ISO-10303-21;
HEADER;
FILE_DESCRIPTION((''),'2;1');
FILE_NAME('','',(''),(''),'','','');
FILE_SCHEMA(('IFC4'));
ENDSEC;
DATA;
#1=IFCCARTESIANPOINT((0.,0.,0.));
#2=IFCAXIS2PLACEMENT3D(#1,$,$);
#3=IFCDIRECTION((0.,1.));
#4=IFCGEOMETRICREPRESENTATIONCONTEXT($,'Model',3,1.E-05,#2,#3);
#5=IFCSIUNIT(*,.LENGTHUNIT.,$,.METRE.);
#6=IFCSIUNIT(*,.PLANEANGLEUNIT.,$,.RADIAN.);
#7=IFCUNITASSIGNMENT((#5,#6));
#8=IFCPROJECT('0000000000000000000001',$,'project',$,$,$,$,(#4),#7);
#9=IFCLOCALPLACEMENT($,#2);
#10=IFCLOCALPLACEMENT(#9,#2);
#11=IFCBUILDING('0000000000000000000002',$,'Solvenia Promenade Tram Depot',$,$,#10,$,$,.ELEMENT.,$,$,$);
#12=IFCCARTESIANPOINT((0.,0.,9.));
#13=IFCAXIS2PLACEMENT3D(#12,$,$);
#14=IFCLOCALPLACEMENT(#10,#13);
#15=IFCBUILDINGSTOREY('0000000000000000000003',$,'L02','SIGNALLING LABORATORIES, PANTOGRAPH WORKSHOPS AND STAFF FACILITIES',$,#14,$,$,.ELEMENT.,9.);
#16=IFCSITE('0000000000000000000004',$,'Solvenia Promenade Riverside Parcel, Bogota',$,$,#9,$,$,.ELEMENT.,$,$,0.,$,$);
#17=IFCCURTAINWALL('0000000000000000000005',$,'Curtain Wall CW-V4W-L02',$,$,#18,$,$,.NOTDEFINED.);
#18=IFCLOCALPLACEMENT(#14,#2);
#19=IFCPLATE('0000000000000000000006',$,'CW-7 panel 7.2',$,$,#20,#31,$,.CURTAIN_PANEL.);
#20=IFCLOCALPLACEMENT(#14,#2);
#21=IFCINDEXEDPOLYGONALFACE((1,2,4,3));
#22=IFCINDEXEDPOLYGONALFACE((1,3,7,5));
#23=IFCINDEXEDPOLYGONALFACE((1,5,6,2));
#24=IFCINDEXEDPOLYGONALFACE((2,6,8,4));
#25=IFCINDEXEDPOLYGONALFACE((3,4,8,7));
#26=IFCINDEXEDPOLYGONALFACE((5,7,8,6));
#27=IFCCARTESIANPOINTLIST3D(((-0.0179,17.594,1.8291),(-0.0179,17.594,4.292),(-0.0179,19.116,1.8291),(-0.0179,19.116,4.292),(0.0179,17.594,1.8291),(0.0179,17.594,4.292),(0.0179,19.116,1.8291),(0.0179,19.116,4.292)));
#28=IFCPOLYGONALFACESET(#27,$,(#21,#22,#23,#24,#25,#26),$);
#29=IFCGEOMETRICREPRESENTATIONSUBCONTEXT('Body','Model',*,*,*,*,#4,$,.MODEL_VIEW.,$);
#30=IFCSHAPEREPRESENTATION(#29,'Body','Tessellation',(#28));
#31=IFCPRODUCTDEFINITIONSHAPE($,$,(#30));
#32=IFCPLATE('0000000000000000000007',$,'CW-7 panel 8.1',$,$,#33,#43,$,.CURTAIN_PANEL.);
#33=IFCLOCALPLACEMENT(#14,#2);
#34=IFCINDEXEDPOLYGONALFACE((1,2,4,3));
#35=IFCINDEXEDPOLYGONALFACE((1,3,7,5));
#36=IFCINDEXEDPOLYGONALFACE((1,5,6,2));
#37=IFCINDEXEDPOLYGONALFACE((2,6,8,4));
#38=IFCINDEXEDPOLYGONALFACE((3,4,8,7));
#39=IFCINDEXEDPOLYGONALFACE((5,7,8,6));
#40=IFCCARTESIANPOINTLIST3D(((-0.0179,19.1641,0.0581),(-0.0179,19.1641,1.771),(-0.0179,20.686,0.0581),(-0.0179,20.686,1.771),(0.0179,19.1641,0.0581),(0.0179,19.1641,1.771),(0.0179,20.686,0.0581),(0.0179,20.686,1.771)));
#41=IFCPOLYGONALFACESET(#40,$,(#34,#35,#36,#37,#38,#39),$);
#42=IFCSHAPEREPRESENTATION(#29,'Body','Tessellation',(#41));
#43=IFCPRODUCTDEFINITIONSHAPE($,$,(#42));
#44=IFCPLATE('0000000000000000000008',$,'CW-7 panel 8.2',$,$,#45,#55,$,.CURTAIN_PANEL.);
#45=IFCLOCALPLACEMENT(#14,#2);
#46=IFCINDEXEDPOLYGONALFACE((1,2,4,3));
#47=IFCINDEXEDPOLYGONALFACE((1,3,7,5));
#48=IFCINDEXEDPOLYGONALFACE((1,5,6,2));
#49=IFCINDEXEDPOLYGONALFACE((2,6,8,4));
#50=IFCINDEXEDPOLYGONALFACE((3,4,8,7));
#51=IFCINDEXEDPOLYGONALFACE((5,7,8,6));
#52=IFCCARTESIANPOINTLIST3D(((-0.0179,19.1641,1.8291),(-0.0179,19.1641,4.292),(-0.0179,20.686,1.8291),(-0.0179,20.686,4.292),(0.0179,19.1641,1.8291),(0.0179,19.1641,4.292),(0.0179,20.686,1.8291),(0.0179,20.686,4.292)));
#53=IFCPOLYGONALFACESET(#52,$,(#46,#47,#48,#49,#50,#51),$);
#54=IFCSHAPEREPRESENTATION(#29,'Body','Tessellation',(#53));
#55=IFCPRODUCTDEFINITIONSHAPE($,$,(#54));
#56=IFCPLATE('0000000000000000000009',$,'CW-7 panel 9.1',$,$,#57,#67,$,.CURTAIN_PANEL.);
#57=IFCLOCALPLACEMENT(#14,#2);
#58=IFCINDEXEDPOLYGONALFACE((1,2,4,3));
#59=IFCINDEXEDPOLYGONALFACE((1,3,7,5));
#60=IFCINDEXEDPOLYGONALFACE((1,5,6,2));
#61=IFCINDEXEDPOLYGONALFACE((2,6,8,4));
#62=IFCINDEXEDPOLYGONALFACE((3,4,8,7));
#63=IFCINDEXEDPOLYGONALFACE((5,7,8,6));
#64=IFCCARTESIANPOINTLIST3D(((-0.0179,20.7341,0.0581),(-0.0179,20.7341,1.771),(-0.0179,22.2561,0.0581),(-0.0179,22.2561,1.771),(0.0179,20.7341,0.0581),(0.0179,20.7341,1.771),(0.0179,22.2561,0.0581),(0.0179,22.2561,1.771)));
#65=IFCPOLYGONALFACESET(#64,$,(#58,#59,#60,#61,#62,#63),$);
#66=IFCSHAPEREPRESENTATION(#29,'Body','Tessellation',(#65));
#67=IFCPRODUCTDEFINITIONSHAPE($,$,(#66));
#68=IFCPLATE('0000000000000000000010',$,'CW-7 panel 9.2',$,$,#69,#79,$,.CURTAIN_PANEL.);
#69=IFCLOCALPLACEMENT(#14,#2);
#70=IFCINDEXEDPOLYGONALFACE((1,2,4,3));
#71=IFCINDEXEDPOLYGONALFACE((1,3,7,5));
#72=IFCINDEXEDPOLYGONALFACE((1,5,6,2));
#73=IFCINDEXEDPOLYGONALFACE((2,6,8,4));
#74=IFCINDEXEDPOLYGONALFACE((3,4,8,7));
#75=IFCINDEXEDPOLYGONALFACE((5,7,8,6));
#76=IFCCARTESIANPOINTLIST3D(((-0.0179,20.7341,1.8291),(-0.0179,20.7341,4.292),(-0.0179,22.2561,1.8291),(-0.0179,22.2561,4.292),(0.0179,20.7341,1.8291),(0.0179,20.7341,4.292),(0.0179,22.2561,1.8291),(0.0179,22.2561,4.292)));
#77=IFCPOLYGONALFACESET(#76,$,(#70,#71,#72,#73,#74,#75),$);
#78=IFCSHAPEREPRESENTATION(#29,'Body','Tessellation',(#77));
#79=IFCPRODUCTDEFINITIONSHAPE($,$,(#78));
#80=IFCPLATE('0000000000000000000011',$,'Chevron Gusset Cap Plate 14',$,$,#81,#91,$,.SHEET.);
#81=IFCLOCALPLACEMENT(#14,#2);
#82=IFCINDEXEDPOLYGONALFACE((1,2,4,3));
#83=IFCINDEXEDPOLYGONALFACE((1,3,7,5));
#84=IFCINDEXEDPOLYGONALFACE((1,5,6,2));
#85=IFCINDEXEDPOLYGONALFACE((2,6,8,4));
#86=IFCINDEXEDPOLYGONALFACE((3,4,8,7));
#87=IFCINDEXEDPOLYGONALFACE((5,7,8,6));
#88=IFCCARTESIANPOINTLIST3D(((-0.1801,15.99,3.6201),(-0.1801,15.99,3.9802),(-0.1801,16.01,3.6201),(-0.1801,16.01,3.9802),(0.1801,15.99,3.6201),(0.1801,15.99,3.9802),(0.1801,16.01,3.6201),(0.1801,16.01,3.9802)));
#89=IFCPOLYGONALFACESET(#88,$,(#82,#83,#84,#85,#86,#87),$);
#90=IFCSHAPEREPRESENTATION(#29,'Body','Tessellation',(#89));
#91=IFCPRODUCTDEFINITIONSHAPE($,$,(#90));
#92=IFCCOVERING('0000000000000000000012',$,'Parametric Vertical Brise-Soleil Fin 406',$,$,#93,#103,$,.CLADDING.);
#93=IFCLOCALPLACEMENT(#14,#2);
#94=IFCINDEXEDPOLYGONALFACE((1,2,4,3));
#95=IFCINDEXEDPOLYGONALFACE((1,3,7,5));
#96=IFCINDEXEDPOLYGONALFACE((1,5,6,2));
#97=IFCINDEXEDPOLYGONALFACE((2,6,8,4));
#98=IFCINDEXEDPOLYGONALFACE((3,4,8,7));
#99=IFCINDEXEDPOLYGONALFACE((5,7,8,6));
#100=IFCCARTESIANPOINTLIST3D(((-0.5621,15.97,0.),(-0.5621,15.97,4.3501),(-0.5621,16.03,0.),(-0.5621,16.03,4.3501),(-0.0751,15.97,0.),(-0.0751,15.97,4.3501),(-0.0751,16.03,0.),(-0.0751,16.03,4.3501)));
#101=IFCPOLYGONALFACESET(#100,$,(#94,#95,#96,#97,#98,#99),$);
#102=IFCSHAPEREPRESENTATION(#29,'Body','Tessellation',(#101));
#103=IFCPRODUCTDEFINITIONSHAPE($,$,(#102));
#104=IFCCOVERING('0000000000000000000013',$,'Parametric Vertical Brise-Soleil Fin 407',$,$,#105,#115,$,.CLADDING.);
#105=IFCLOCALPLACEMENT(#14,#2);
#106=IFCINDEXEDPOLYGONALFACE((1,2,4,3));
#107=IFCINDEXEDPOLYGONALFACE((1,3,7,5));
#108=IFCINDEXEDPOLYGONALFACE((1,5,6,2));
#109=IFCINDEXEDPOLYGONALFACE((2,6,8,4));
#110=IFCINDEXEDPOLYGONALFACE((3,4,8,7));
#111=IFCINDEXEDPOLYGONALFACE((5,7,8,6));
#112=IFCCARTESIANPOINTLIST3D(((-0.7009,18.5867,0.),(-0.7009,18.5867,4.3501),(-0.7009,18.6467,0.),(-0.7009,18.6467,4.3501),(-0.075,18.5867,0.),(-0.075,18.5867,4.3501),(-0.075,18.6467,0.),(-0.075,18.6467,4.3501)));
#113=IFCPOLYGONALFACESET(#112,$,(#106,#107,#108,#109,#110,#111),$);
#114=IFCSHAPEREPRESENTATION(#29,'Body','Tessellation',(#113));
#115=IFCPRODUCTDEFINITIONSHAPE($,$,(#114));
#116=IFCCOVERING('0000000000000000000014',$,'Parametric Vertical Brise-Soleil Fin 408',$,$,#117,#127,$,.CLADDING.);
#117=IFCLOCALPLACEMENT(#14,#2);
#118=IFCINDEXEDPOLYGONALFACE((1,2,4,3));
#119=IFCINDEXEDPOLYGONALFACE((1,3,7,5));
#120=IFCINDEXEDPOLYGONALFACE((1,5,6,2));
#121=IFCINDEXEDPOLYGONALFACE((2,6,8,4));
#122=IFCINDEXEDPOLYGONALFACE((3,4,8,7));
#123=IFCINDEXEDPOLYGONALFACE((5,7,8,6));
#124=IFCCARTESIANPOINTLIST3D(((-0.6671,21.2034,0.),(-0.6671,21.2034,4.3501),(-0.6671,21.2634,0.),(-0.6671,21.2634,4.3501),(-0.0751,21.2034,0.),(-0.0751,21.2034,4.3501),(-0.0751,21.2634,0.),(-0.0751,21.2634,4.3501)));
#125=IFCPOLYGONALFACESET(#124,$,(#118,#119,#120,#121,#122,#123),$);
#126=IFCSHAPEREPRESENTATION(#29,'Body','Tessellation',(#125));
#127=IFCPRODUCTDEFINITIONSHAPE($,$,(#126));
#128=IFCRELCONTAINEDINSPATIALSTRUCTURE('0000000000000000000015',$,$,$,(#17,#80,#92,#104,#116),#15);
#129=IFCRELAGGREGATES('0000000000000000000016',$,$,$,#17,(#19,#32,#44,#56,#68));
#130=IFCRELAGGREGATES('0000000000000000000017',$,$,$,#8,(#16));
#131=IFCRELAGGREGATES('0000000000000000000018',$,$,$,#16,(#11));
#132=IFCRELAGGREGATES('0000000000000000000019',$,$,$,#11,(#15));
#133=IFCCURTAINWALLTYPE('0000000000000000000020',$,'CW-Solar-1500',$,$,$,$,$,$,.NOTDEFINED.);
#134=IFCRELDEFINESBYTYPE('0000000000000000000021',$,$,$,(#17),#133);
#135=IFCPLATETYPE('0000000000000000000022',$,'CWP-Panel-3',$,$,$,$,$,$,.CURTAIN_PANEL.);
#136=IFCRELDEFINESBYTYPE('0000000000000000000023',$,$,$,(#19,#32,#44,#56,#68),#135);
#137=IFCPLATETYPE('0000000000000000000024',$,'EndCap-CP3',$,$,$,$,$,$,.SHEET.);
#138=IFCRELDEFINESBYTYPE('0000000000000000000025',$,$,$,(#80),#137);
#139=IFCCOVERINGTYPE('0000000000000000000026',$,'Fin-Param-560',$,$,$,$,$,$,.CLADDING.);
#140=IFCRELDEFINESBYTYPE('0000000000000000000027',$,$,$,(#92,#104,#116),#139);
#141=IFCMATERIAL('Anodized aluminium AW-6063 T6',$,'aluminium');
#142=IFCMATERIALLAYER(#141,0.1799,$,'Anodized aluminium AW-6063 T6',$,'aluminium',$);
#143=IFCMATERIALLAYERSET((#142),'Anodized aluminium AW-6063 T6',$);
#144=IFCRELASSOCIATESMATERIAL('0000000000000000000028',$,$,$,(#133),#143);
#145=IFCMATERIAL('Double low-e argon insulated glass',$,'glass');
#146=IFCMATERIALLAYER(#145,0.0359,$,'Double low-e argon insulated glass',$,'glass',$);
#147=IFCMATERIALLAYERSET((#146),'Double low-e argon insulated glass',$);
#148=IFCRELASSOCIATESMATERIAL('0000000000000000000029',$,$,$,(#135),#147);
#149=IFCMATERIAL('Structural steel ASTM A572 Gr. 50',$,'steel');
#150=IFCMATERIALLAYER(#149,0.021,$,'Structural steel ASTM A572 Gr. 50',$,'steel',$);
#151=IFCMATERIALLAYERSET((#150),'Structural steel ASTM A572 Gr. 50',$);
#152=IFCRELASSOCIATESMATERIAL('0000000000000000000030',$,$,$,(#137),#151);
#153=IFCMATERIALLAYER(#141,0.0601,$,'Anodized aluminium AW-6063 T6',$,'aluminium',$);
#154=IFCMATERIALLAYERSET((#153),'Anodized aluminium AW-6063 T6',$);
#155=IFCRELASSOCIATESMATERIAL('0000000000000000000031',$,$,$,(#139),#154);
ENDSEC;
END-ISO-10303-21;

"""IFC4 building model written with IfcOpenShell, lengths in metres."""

from ifc_helpers import new_model, si_unit, direction, frame, origin, origin_2d, place, context, subcontext, project, spatial, rectangle, extrude, material, layer, layer_set, type_object, element, aggregate, save


model = new_model("IFC4")

# Units and contexts
model_context = context("Model", 3, precision=1e-05, world=origin(), true_north=direction((0.0, 1.0)))
body_context = subcontext(model_context, "Body", "Model", "MODEL_VIEW")
ifc_project = project(units=[si_unit("LENGTHUNIT", "METRE"), si_unit("PLANEANGLEUNIT", "RADIAN")], contexts=[model_context])

# Site, building, storey
site_placement = place(None, origin())
site = spatial("IfcSite", under=ifc_project, at=site_placement, Name="Solvenia Promenade Riverside Parcel, Bogota", CompositionType="ELEMENT", RefElevation=0.0)
building_placement = place(site_placement, origin())
building = spatial("IfcBuilding", under=site, at=building_placement, Name="Solvenia Promenade Tram Depot", CompositionType="ELEMENT")
storey_placement = place(building_placement, frame((0.0, 0.0, 9.0)))
storey = spatial("IfcBuildingStorey", under=building, at=storey_placement, Name="L02", Description="SIGNALLING LABORATORIES, PANTOGRAPH WORKSHOPS AND STAFF FACILITIES", CompositionType="ELEMENT", Elevation=9.0)

# Curtain wall, plates
ifc_material_1 = material(Name="Anodized aluminium AW-6063 T6", Category="aluminium")
ifc_layer_1 = layer(ifc_material_1, 0.1799, Name="Anodized aluminium AW-6063 T6", Category="aluminium")
ifc_layer_set_1 = layer_set([ifc_layer_1], Name="Anodized aluminium AW-6063 T6")
curtain_wall_type = type_object("IfcCurtainWallType", Name="CW-Solar-1500", PredefinedType="NOTDEFINED", material=ifc_layer_set_1)
curtain_wall_placement = place(storey_placement, origin())
curtain_wall = element("IfcCurtainWall", 1, at=curtain_wall_placement, inside=storey, type_object=curtain_wall_type, Name="Curtain Wall CW-V4W-L02", PredefinedType="NOTDEFINED")
ifc_material_2 = material(Name="Double low-e argon insulated glass", Category="glass")
ifc_layer_2 = layer(ifc_material_2, 0.0359, Name="Double low-e argon insulated glass", Category="glass")
ifc_layer_set_2 = layer_set([ifc_layer_2], Name="Double low-e argon insulated glass")
plate_type_1 = type_object("IfcPlateType", Name="CWP-Panel-3", PredefinedType="CURTAIN_PANEL", material=ifc_layer_set_2)
plate_1_placement = place(storey_placement, frame((0.0, 18.355, 1.8291), z_axis=(0.0, 0.0, 1.0), x_axis=(0.0, 1.0, 0.0)))
plate_1 = element("IfcPlate", 2, at=plate_1_placement, type_object=plate_type_1, Name="CW-7 panel 7.2", PredefinedType="CURTAIN_PANEL", context=body_context, shape_type="SweptSolid", body=[
    extrude(rectangle(XDim=1.522, YDim=0.0359, at=origin_2d()), origin(), (0.0, 0.0, 1.0), 2.4629),
])
plate_2_placement = place(storey_placement, frame((0.0, 19.925, 0.0581), z_axis=(0.0, 0.0, 1.0), x_axis=(0.0, 1.0, 0.0)))
plate_2 = element("IfcPlate", 3, at=plate_2_placement, type_object=plate_type_1, Name="CW-7 panel 8.1", PredefinedType="CURTAIN_PANEL", context=body_context, shape_type="SweptSolid", body=[
    extrude(rectangle(XDim=1.522, YDim=0.0359, at=origin_2d()), origin(), (0.0, 0.0, 1.0), 1.7129),
])
plate_3_placement = place(storey_placement, frame((0.0, 19.925, 1.8291), z_axis=(0.0, 0.0, 1.0), x_axis=(0.0, 1.0, 0.0)))
plate_3 = element("IfcPlate", 4, at=plate_3_placement, type_object=plate_type_1, Name="CW-7 panel 8.2", PredefinedType="CURTAIN_PANEL", context=body_context, shape_type="SweptSolid", body=[
    extrude(rectangle(XDim=1.522, YDim=0.0359, at=origin_2d()), origin(), (0.0, 0.0, 1.0), 2.4629),
])
plate_4_placement = place(storey_placement, frame((0.0, 21.4951, 0.0581), z_axis=(0.0, 0.0, 1.0), x_axis=(0.0, 1.0, 0.0)))
plate_4 = element("IfcPlate", 5, at=plate_4_placement, type_object=plate_type_1, Name="CW-7 panel 9.1", PredefinedType="CURTAIN_PANEL", context=body_context, shape_type="SweptSolid", body=[
    extrude(rectangle(XDim=1.522, YDim=0.0359, at=origin_2d()), origin(), (0.0, 0.0, 1.0), 1.7129),
])
plate_5_placement = place(storey_placement, frame((0.0, 21.4951, 1.8291), z_axis=(0.0, 0.0, 1.0), x_axis=(0.0, 1.0, 0.0)))
plate_5 = element("IfcPlate", 6, at=plate_5_placement, type_object=plate_type_1, Name="CW-7 panel 9.2", PredefinedType="CURTAIN_PANEL", context=body_context, shape_type="SweptSolid", body=[
    extrude(rectangle(XDim=1.522, YDim=0.0359, at=origin_2d()), origin(), (0.0, 0.0, 1.0), 2.4629),
])
aggregate(curtain_wall, [plate_1, plate_2, plate_3, plate_4, plate_5])

# Plate
ifc_material_3 = material(Name="Structural steel ASTM A572 Gr. 50", Category="steel")
ifc_layer_3 = layer(ifc_material_3, 0.021, Name="Structural steel ASTM A572 Gr. 50", Category="steel")
ifc_layer_set_3 = layer_set([ifc_layer_3], Name="Structural steel ASTM A572 Gr. 50")
plate_type_2 = type_object("IfcPlateType", Name="EndCap-CP3", PredefinedType="SHEET", material=ifc_layer_set_3)
plate_6_placement = place(storey_placement, frame((0.0, 16.0, 3.6201), z_axis=(0.0, 0.0, 1.0), x_axis=(1.0, 0.0, 0.0)))
element("IfcPlate", 7, at=plate_6_placement, inside=storey, type_object=plate_type_2, Name="Chevron Gusset Cap Plate 14", PredefinedType="SHEET", context=body_context, shape_type="SweptSolid", body=[
    extrude(rectangle(XDim=0.3601, YDim=0.02, at=origin_2d()), origin(), (0.0, 0.0, 1.0), 0.3601),
])

# Coverings
ifc_layer_4 = layer(ifc_material_1, 0.0601, Name="Anodized aluminium AW-6063 T6", Category="aluminium")
ifc_layer_set_4 = layer_set([ifc_layer_4], Name="Anodized aluminium AW-6063 T6")
covering_type = type_object("IfcCoveringType", Name="Fin-Param-560", PredefinedType="CLADDING", material=ifc_layer_set_4)
covering_1_placement = place(storey_placement, frame((-0.3186, 16.0, 0.0), z_axis=(0.0, 0.0, 1.0), x_axis=(0.0, 1.0, 0.0)))
element("IfcCovering", 8, at=covering_1_placement, inside=storey, type_object=covering_type, Name="Parametric Vertical Brise-Soleil Fin 406", PredefinedType="CLADDING", context=body_context, shape_type="SweptSolid", body=[
    extrude(rectangle(XDim=0.0601, YDim=0.4871, at=origin_2d()), origin(), (0.0, 0.0, 1.0), 4.3501),
])
covering_2_placement = place(storey_placement, frame((-0.3879, 18.6167, 0.0), z_axis=(0.0, 0.0, 1.0), x_axis=(0.0, 1.0, 0.0)))
element("IfcCovering", 9, at=covering_2_placement, inside=storey, type_object=covering_type, Name="Parametric Vertical Brise-Soleil Fin 407", PredefinedType="CLADDING", context=body_context, shape_type="SweptSolid", body=[
    extrude(rectangle(XDim=0.0601, YDim=0.626, at=origin_2d()), origin(), (0.0, 0.0, 1.0), 4.3501),
])
covering_3_placement = place(storey_placement, frame((-0.3711, 21.2334, 0.0), z_axis=(0.0, 0.0, 1.0), x_axis=(0.0, 1.0, 0.0)))
element("IfcCovering", 10, at=covering_3_placement, inside=storey, type_object=covering_type, Name="Parametric Vertical Brise-Soleil Fin 408", PredefinedType="CLADDING", context=body_context, shape_type="SweptSolid", body=[
    extrude(rectangle(XDim=0.0601, YDim=0.592, at=origin_2d()), origin(), (0.0, 0.0, 1.0), 4.3501),
])

save(model, "model.ifc")
